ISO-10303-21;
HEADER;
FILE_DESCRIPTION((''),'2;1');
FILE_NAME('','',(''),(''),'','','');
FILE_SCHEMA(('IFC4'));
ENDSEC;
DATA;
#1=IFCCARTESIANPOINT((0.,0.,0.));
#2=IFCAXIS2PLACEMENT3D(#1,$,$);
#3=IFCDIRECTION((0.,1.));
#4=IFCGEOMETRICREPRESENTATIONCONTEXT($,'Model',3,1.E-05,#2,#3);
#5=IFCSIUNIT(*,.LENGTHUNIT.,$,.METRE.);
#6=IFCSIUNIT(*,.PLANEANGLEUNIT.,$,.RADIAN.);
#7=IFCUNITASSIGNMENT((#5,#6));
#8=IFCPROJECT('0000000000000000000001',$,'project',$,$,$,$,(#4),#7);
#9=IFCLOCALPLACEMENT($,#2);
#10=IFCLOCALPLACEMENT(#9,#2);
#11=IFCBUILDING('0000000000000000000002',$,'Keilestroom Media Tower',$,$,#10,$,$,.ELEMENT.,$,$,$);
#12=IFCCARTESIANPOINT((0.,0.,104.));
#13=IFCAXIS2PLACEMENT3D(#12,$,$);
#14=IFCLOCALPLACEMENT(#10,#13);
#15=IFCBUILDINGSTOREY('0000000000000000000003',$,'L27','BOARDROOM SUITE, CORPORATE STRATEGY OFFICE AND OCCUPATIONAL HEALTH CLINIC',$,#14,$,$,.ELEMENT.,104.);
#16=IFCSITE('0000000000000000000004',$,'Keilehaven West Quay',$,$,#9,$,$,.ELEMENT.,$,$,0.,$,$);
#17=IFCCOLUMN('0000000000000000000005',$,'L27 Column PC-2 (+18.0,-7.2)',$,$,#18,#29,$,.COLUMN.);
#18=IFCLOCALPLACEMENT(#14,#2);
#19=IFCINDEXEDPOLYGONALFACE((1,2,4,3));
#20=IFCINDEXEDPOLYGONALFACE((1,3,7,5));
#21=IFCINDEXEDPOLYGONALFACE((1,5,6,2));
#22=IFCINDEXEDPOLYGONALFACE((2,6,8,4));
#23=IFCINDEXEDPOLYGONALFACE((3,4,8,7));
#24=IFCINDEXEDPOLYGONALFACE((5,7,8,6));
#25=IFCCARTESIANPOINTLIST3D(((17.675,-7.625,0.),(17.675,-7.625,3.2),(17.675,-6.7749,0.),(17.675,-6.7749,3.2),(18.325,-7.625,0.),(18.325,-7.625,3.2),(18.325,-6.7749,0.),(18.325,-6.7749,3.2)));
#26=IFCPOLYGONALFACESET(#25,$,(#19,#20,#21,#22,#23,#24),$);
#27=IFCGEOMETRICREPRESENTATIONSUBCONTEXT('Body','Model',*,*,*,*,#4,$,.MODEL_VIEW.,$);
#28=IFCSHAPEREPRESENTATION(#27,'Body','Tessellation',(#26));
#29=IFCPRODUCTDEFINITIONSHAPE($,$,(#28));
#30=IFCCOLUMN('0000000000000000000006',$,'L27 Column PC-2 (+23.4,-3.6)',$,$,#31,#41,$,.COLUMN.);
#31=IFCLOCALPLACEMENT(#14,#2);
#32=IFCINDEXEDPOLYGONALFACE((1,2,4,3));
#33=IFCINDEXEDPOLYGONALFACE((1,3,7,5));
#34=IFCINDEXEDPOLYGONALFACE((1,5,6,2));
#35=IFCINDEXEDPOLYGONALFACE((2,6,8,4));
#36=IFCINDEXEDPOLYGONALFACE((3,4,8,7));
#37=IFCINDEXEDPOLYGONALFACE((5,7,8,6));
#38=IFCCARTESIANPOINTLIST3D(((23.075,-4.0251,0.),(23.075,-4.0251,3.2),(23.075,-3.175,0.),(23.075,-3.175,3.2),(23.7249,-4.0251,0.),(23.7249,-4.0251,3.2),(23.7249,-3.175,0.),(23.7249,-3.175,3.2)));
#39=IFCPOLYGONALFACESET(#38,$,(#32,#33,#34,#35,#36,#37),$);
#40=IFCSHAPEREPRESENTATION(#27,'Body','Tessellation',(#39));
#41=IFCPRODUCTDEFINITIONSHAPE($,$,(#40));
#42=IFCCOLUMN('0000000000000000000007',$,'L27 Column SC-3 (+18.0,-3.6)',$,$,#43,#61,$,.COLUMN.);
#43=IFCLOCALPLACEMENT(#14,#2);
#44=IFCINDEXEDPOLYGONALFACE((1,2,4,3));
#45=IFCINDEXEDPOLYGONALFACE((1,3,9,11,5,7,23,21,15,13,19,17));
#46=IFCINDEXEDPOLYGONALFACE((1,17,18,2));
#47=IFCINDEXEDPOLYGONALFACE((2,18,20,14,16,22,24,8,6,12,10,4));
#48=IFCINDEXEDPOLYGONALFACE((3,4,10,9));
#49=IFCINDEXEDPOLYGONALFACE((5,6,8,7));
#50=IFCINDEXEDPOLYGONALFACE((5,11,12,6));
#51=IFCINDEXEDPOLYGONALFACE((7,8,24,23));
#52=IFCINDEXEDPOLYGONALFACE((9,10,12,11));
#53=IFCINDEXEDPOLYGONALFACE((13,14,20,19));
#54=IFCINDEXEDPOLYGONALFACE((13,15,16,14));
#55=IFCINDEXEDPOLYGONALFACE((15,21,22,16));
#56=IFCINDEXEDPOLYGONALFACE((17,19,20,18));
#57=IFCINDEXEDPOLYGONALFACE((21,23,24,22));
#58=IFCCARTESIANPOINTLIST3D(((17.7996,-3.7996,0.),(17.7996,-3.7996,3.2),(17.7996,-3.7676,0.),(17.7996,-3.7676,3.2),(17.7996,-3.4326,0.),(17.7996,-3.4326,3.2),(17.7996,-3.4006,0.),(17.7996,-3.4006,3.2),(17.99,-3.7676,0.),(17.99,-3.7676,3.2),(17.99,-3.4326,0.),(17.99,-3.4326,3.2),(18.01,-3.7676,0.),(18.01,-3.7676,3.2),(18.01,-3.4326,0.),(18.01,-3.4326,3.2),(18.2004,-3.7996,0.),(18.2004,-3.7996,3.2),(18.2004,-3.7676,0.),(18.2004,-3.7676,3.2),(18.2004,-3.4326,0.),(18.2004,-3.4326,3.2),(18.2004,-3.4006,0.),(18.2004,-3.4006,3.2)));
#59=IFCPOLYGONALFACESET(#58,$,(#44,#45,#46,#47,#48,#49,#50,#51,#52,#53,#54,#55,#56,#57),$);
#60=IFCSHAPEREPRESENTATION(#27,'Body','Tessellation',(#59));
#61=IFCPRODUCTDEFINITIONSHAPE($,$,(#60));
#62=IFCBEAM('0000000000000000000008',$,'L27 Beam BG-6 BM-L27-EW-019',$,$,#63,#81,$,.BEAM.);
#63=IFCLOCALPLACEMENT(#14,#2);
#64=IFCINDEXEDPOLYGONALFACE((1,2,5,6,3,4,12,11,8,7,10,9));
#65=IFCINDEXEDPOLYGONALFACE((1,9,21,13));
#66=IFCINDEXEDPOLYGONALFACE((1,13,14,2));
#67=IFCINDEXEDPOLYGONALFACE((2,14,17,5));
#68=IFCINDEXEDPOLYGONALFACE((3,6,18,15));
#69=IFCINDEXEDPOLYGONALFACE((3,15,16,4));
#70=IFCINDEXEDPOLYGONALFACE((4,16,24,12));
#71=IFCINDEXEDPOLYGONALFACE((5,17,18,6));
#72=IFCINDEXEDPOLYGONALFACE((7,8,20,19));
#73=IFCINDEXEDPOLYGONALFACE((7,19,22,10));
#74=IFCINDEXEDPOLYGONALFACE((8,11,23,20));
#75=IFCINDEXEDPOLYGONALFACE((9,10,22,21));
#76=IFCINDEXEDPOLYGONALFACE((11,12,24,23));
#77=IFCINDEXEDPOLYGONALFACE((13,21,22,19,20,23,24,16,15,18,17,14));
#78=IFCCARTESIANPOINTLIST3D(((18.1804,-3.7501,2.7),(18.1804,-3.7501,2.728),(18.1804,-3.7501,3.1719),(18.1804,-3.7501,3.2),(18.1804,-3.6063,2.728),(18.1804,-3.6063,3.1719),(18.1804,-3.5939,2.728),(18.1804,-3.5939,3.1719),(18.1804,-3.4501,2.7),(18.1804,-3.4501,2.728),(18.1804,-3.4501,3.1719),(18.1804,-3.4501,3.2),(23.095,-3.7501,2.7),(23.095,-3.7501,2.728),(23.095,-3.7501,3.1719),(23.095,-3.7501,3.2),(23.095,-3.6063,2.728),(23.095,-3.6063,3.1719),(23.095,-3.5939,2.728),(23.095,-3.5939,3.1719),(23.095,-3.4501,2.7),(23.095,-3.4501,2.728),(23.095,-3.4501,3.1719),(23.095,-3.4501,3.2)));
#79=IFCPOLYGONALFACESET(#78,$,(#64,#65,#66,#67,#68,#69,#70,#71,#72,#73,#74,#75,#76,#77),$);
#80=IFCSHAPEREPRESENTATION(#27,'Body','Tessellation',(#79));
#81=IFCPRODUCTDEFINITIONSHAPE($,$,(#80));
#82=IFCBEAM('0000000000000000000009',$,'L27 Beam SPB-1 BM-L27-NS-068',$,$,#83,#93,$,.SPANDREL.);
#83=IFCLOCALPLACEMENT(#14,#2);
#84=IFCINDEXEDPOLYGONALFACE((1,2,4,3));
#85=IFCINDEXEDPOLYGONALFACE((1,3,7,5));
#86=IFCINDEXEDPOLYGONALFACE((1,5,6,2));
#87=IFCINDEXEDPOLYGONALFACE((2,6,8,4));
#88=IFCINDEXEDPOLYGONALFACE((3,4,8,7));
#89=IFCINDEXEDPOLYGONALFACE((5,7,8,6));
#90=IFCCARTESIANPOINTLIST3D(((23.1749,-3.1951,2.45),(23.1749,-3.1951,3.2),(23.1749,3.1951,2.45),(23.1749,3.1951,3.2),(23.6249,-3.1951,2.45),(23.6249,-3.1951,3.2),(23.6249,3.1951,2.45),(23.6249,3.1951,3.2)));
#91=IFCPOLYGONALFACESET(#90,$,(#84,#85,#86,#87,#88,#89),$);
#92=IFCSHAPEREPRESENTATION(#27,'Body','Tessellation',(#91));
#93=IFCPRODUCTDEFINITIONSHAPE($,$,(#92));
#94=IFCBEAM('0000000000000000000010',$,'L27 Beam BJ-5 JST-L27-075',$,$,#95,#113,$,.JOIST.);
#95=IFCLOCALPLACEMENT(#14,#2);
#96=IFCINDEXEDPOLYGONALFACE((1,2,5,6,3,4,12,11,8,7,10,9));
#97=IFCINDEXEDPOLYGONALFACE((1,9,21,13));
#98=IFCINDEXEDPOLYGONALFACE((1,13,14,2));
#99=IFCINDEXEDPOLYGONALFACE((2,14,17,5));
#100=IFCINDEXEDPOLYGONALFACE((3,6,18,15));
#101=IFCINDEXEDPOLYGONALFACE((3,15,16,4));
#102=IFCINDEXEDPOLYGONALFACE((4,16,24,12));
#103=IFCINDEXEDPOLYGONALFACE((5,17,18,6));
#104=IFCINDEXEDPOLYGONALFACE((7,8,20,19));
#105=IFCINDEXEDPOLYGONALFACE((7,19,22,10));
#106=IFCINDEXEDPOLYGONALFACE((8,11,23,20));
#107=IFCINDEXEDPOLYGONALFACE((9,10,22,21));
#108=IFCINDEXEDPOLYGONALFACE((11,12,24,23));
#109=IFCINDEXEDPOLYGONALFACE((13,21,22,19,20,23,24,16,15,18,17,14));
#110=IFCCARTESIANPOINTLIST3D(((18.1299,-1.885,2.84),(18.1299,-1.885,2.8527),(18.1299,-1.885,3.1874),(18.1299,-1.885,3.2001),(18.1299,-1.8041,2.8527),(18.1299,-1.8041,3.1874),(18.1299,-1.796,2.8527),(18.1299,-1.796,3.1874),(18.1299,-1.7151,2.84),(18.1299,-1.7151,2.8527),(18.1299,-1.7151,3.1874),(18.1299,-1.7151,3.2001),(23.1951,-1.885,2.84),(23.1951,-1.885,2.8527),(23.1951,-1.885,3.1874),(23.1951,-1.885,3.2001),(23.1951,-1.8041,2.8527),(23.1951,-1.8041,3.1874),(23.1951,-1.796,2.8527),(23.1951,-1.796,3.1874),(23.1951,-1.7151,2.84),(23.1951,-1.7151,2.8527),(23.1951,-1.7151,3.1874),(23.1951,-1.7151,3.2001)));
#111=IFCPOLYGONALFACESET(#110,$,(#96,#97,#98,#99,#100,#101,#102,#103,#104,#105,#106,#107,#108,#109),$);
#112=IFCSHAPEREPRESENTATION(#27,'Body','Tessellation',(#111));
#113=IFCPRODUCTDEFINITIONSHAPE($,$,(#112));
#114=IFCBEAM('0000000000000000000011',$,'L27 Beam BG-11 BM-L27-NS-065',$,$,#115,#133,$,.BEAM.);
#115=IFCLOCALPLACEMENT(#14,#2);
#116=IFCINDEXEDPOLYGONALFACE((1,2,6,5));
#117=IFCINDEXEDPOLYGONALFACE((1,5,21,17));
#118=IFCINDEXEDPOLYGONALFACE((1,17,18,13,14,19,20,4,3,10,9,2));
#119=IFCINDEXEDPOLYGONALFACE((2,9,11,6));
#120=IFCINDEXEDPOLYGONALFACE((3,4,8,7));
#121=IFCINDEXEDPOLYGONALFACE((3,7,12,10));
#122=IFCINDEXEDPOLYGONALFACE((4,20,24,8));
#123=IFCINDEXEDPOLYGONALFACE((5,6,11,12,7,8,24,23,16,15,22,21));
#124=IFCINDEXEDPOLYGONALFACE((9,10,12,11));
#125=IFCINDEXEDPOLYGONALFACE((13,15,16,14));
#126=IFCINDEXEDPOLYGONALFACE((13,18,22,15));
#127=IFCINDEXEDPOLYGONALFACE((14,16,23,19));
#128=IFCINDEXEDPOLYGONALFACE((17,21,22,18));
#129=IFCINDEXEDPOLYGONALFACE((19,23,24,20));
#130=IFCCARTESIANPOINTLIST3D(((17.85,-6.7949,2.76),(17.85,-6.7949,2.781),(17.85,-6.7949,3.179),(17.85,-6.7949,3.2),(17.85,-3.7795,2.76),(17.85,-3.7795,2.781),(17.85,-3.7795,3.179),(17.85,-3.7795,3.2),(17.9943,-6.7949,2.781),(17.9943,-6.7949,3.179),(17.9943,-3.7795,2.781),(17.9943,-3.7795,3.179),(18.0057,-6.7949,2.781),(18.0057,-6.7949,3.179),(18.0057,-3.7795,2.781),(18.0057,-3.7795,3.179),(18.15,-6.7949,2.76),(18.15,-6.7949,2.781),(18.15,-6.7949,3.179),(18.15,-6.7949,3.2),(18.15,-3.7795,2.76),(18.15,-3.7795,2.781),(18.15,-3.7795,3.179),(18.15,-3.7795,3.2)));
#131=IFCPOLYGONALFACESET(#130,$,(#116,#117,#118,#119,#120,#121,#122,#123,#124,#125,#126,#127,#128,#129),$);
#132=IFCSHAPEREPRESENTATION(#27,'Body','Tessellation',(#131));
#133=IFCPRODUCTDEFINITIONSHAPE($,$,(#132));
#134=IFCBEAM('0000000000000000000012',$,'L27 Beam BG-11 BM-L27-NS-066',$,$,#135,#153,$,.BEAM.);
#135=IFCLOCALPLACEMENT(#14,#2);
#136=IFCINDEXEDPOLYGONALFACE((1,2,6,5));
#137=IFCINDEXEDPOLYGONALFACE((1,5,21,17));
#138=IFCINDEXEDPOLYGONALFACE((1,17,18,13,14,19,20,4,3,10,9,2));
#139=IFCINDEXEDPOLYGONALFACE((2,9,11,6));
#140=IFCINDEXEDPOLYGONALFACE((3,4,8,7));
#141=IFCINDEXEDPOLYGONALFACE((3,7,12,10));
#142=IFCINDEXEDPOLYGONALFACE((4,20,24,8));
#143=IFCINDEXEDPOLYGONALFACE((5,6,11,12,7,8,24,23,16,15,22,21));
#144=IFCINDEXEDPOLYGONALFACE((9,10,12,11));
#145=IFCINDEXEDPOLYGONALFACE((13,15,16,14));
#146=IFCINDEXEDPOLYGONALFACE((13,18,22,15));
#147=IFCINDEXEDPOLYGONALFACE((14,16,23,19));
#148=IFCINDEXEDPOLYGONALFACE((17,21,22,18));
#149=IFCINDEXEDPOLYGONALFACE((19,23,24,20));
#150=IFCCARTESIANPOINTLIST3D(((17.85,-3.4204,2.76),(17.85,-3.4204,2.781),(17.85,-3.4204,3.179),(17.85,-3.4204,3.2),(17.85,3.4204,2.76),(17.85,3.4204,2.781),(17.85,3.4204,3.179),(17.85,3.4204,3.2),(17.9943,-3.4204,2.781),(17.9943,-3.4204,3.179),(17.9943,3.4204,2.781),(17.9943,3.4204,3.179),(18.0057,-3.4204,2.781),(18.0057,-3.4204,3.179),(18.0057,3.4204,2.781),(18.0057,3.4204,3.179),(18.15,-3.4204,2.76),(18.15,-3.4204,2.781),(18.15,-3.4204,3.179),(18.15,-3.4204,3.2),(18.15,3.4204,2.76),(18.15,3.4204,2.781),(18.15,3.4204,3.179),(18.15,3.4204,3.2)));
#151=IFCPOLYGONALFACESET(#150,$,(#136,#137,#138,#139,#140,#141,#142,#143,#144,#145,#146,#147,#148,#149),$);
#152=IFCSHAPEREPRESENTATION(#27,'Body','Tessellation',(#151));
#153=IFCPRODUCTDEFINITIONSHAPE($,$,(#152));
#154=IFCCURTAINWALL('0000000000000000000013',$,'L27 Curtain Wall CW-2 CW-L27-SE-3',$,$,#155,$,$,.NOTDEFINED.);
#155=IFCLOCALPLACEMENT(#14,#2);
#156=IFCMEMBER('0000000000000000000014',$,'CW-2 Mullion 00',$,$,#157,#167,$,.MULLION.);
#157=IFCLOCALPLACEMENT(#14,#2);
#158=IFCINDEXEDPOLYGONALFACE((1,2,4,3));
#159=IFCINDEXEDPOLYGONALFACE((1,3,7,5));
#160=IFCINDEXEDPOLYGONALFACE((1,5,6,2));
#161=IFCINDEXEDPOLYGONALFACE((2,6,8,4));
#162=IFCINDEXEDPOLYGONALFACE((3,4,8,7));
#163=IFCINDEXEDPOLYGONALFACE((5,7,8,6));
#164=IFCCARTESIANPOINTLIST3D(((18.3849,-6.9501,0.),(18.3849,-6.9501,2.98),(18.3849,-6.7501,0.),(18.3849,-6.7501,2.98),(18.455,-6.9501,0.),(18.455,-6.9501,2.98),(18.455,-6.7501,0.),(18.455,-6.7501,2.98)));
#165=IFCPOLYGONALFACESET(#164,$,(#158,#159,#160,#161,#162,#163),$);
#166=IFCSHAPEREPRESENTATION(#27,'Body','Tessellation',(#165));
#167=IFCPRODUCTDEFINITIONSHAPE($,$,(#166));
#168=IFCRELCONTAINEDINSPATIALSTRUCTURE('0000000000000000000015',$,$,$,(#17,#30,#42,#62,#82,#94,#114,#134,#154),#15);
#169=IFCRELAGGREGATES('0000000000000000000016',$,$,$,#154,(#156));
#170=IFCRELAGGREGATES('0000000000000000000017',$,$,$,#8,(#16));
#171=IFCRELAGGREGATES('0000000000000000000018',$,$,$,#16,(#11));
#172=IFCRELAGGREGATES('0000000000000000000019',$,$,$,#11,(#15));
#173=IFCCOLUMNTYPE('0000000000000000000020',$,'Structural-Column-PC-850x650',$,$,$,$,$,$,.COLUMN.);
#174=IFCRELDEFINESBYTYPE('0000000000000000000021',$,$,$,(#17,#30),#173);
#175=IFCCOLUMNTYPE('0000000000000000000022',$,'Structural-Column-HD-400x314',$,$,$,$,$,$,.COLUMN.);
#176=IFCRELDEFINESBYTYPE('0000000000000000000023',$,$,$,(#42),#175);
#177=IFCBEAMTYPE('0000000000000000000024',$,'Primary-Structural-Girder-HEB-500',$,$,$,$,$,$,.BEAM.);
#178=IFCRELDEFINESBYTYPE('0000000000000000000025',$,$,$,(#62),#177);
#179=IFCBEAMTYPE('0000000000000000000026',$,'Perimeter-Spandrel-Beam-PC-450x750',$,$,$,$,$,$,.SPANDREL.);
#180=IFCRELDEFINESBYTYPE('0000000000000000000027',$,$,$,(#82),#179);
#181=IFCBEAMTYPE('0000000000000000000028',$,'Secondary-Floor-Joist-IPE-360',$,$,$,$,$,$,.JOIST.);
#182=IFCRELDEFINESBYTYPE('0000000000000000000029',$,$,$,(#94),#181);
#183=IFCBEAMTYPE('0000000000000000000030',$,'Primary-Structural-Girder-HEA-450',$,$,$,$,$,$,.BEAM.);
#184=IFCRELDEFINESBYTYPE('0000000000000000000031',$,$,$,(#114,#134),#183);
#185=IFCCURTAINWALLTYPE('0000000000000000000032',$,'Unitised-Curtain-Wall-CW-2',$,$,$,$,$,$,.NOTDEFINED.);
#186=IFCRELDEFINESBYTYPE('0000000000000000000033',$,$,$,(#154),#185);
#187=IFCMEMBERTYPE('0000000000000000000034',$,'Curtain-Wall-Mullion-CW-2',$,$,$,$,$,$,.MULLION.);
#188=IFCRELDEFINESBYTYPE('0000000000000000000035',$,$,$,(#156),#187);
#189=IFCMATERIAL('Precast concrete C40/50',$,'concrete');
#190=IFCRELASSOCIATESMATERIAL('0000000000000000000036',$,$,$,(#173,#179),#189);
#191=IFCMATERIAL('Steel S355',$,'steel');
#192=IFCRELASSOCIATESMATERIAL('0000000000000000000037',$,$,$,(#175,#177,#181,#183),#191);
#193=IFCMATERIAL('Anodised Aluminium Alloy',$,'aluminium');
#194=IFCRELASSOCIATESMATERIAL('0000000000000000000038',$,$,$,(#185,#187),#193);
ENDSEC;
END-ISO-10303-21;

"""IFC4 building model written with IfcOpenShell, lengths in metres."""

from ifc_helpers import new_model, si_unit, direction, frame, origin, origin_2d, place, context, subcontext, project, spatial, rectangle, i_section, extrude, source, transform, mapped, material, material_profile, profile_set, type_object, element, aggregate, save


model = new_model("IFC4")

# Units and contexts
model_context = context("Model", 3, precision=1e-05, world=origin(), true_north=direction((0.0, 1.0)))
body_context = subcontext(model_context, "Body", "Model", "MODEL_VIEW")
ifc_project = project(units=[si_unit("LENGTHUNIT", "METRE"), si_unit("PLANEANGLEUNIT", "RADIAN")], contexts=[model_context])

# Site, building, storey
site_placement = place(None, origin())
site = spatial("IfcSite", under=ifc_project, at=site_placement, Name="Keilehaven West Quay", CompositionType="ELEMENT", RefElevation=0.0)
building_placement = place(site_placement, origin())
building = spatial("IfcBuilding", under=site, at=building_placement, Name="Keilestroom Media Tower", CompositionType="ELEMENT")
storey_placement = place(building_placement, frame((0.0, 0.0, 104.0)))
storey = spatial("IfcBuildingStorey", under=building, at=storey_placement, Name="L27", Description="BOARDROOM SUITE, CORPORATE STRATEGY OFFICE AND OCCUPATIONAL HEALTH CLINIC", CompositionType="ELEMENT", Elevation=104.0)

# Columns
ifc_material_1 = material(Name="Precast concrete C40/50", Category="concrete")
ifc_material_profile_1 = material_profile(ifc_material_1, rectangle(XDim=0.6499, YDim=0.8501, at=origin_2d()), Name="PC 850x650")
ifc_profile_set_1 = profile_set([ifc_material_profile_1], Name="Precast concrete C40/50")
column_type_1 = type_object("IfcColumnType", Name="Structural-Column-PC-850x650", PredefinedType="COLUMN", material=ifc_profile_set_1)
shared_shape_1 = source(origin(), body_context, "Body", "SweptSolid", [
    extrude(rectangle(XDim=0.6499, YDim=0.8501, at=origin_2d()), origin(), (0.0, 0.0, 1.0), 3.2),
])
for number, where, z_axis, x_axis, name in (
    (1, (18.0, -7.2, 0.0), (0.0, 0.0, 1.0), (1.0, 0.0, 0.0), "L27 Column PC-2 (+18.0,-7.2)"),
    (2, (23.3999, -3.6001, 0.0), (0.0, 0.0, 1.0), (1.0, 0.0, 0.0), "L27 Column PC-2 (+23.4,-3.6)"),
):
    element("IfcColumn", number, at=place(storey_placement, frame(where, z_axis=z_axis, x_axis=x_axis)), inside=storey, type_object=column_type_1, Name=name, PredefinedType="COLUMN", context=body_context, shape_type="MappedRepresentation", body=[
        mapped(shared_shape_1, transform((0.0, 0.0, 0.0), x_axis=(1.0, 0.0, 0.0), y_axis=(0.0, 1.0, 0.0), z_axis=(0.0, 0.0, 1.0), scale=1.0)),
    ])
ifc_material_2 = material(Name="Steel S355", Category="steel")
ifc_material_profile_2 = material_profile(ifc_material_2, i_section(OverallWidth=0.4009, OverallDepth=0.3989, WebThickness=0.02, FlangeThickness=0.032, at=origin_2d()), Name="HD 400x314")
ifc_profile_set_2 = profile_set([ifc_material_profile_2], Name="Steel S355")
column_type_2 = type_object("IfcColumnType", Name="Structural-Column-HD-400x314", PredefinedType="COLUMN", material=ifc_profile_set_2)
shared_shape_2 = source(origin(), body_context, "Body", "SweptSolid", [
    extrude(i_section(OverallWidth=0.4009, OverallDepth=0.3989, WebThickness=0.02, FlangeThickness=0.032, at=origin_2d()), origin(), (0.0, 0.0, 1.0), 3.2),
])
column_placement = place(storey_placement, frame((18.0, -3.6001, 0.0), z_axis=(0.0, 0.0, 1.0), x_axis=(1.0, 0.0, 0.0)))
element("IfcColumn", 3, at=column_placement, inside=storey, type_object=column_type_2, Name="L27 Column SC-3 (+18.0,-3.6)", PredefinedType="COLUMN", context=body_context, shape_type="MappedRepresentation", body=[
    mapped(shared_shape_2, transform((0.0, 0.0, 0.0), x_axis=(1.0, 0.0, 0.0), y_axis=(0.0, 1.0, 0.0), z_axis=(0.0, 0.0, 1.0), scale=1.0)),
])

# Beams
ifc_material_profile_3 = material_profile(ifc_material_2, i_section(OverallWidth=0.3, OverallDepth=0.5, WebThickness=0.0125, FlangeThickness=0.0281, at=origin_2d()), Name="HEB 500")
ifc_profile_set_3 = profile_set([ifc_material_profile_3], Name="Steel S355")
beam_type_1 = type_object("IfcBeamType", Name="Primary-Structural-Girder-HEB-500", PredefinedType="BEAM", material=ifc_profile_set_3)
shared_shape_3 = source(origin(), body_context, "Body", "SweptSolid", [
    extrude(i_section(OverallWidth=0.3, OverallDepth=0.5, WebThickness=0.0125, FlangeThickness=0.0281, at=origin_2d()), origin(), (0.0, 0.0, 1.0), 4.9146),
])
beam_1_placement = place(storey_placement, frame((18.1804, -3.6001, 2.95), z_axis=(1.0, 0.0, 0.0), x_axis=(0.0, 1.0, 0.0)))
element("IfcBeam", 4, at=beam_1_placement, inside=storey, type_object=beam_type_1, Name="L27 Beam BG-6 BM-L27-EW-019", PredefinedType="BEAM", context=body_context, shape_type="MappedRepresentation", body=[
    mapped(shared_shape_3, transform((0.0, 0.0, 0.0), x_axis=(1.0, 0.0, 0.0), y_axis=(0.0, 1.0, 0.0), z_axis=(0.0, 0.0, 1.0), scale=1.0)),
])
ifc_material_profile_4 = material_profile(ifc_material_1, rectangle(XDim=0.45, YDim=0.75, at=origin_2d()), Name="PC 450x750")
ifc_profile_set_4 = profile_set([ifc_material_profile_4], Name="Precast concrete C40/50")
beam_type_2 = type_object("IfcBeamType", Name="Perimeter-Spandrel-Beam-PC-450x750", PredefinedType="SPANDREL", material=ifc_profile_set_4)
shared_shape_4 = source(origin(), body_context, "Body", "SweptSolid", [
    extrude(rectangle(XDim=0.45, YDim=0.75, at=origin_2d()), origin(), (0.0, 0.0, 1.0), 6.3901),
])
beam_2_placement = place(storey_placement, frame((23.3999, -3.1951, 2.825), z_axis=(0.0, 1.0, 0.0), x_axis=(-1.0, 0.0, 0.0)))
element("IfcBeam", 5, at=beam_2_placement, inside=storey, type_object=beam_type_2, Name="L27 Beam SPB-1 BM-L27-NS-068", PredefinedType="SPANDREL", context=body_context, shape_type="MappedRepresentation", body=[
    mapped(shared_shape_4, transform((0.0, 0.0, 0.0), x_axis=(1.0, 0.0, 0.0), y_axis=(0.0, 1.0, 0.0), z_axis=(0.0, 0.0, 1.0), scale=1.0)),
])
ifc_material_profile_5 = material_profile(ifc_material_2, i_section(OverallWidth=0.1699, OverallDepth=0.3601, WebThickness=0.0081, FlangeThickness=0.0127, at=origin_2d()), Name="IPE 360")
ifc_profile_set_5 = profile_set([ifc_material_profile_5], Name="Steel S355")
beam_type_3 = type_object("IfcBeamType", Name="Secondary-Floor-Joist-IPE-360", PredefinedType="JOIST", material=ifc_profile_set_5)
shared_shape_5 = source(origin(), body_context, "Body", "SweptSolid", [
    extrude(i_section(OverallWidth=0.1699, OverallDepth=0.3601, WebThickness=0.0081, FlangeThickness=0.0127, at=origin_2d()), origin(), (0.0, 0.0, 1.0), 5.0652),
])
beam_3_placement = place(storey_placement, frame((18.1299, -1.8, 3.02), z_axis=(1.0, 0.0, 0.0), x_axis=(0.0, 1.0, 0.0)))
element("IfcBeam", 6, at=beam_3_placement, inside=storey, type_object=beam_type_3, Name="L27 Beam BJ-5 JST-L27-075", PredefinedType="JOIST", context=body_context, shape_type="MappedRepresentation", body=[
    mapped(shared_shape_5, transform((0.0, 0.0, 0.0), x_axis=(1.0, 0.0, 0.0), y_axis=(0.0, 1.0, 0.0), z_axis=(0.0, 0.0, 1.0), scale=1.0)),
])
ifc_material_profile_6 = material_profile(ifc_material_2, i_section(OverallWidth=0.3, OverallDepth=0.4399, WebThickness=0.0115, FlangeThickness=0.021, at=origin_2d()), Name="HEA 450")
ifc_profile_set_6 = profile_set([ifc_material_profile_6], Name="Steel S355")
beam_type_4 = type_object("IfcBeamType", Name="Primary-Structural-Girder-HEA-450", PredefinedType="BEAM", material=ifc_profile_set_6)
shared_shape_6 = source(origin(), body_context, "Body", "SweptSolid", [
    extrude(i_section(OverallWidth=0.3, OverallDepth=0.4399, WebThickness=0.0115, FlangeThickness=0.021, at=origin_2d()), origin(), (0.0, 0.0, 1.0), 3.0154),
])
beam_4_placement = place(storey_placement, frame((18.0, -6.7949, 2.98), z_axis=(0.0, 1.0, 0.0), x_axis=(-1.0, 0.0, 0.0)))
element("IfcBeam", 7, at=beam_4_placement, inside=storey, type_object=beam_type_4, Name="L27 Beam BG-11 BM-L27-NS-065", PredefinedType="BEAM", context=body_context, shape_type="MappedRepresentation", body=[
    mapped(shared_shape_6, transform((0.0, 0.0, 0.0), x_axis=(1.0, 0.0, 0.0), y_axis=(0.0, 1.0, 0.0), z_axis=(0.0, 0.0, 1.0), scale=1.0)),
])
shared_shape_7 = source(origin(), body_context, "Body", "SweptSolid", [
    extrude(i_section(OverallWidth=0.3, OverallDepth=0.4399, WebThickness=0.0115, FlangeThickness=0.021, at=origin_2d()), origin(), (0.0, 0.0, 1.0), 6.8408),
])
beam_5_placement = place(storey_placement, frame((18.0, -3.4204, 2.98), z_axis=(0.0, 1.0, 0.0), x_axis=(-1.0, 0.0, 0.0)))
element("IfcBeam", 8, at=beam_5_placement, inside=storey, type_object=beam_type_4, Name="L27 Beam BG-11 BM-L27-NS-066", PredefinedType="BEAM", context=body_context, shape_type="MappedRepresentation", body=[
    mapped(shared_shape_7, transform((0.0, 0.0, 0.0), x_axis=(1.0, 0.0, 0.0), y_axis=(0.0, 1.0, 0.0), z_axis=(0.0, 0.0, 1.0), scale=1.0)),
])

# Curtain wall, member
ifc_material_3 = material(Name="Anodised Aluminium Alloy", Category="aluminium")
curtain_wall_type = type_object("IfcCurtainWallType", Name="Unitised-Curtain-Wall-CW-2", PredefinedType="NOTDEFINED", material=ifc_material_3)
curtain_wall_placement = place(storey_placement, origin())
curtain_wall = element("IfcCurtainWall", 9, at=curtain_wall_placement, inside=storey, type_object=curtain_wall_type, Name="L27 Curtain Wall CW-2 CW-L27-SE-3", PredefinedType="NOTDEFINED")
ifc_material_profile_7 = material_profile(ifc_material_3, rectangle(XDim=0.0701, YDim=0.2, at=origin_2d()), Name="ALU MULLION 70x200")
ifc_profile_set_7 = profile_set([ifc_material_profile_7], Name="Anodised Aluminium Alloy")
member_type_1 = type_object("IfcMemberType", Name="Curtain-Wall-Mullion-CW-2", PredefinedType="MULLION", material=ifc_profile_set_7)
shared_shape_8 = source(origin(), body_context, "Body", "SweptSolid", [
    extrude(rectangle(XDim=0.0701, YDim=0.2, at=origin_2d()), origin(), (0.0, 0.0, 1.0), 2.98),
])
member_1_placement = place(storey_placement, frame((18.4199, -6.8501, 0.0), z_axis=(0.0, 0.0, 1.0), x_axis=(1.0, 0.0, 0.0)))
member_1 = element("IfcMember", 10, at=member_1_placement, type_object=member_type_1, Name="CW-2 Mullion 00", PredefinedType="MULLION", context=body_context, shape_type="MappedRepresentation", body=[
    mapped(shared_shape_8, transform((0.0, 0.0, 0.0), x_axis=(1.0, 0.0, 0.0), y_axis=(0.0, 1.0, 0.0), z_axis=(0.0, 0.0, 1.0), scale=1.0)),
])
aggregate(curtain_wall, [member_1])

save(model, "model.ifc")
